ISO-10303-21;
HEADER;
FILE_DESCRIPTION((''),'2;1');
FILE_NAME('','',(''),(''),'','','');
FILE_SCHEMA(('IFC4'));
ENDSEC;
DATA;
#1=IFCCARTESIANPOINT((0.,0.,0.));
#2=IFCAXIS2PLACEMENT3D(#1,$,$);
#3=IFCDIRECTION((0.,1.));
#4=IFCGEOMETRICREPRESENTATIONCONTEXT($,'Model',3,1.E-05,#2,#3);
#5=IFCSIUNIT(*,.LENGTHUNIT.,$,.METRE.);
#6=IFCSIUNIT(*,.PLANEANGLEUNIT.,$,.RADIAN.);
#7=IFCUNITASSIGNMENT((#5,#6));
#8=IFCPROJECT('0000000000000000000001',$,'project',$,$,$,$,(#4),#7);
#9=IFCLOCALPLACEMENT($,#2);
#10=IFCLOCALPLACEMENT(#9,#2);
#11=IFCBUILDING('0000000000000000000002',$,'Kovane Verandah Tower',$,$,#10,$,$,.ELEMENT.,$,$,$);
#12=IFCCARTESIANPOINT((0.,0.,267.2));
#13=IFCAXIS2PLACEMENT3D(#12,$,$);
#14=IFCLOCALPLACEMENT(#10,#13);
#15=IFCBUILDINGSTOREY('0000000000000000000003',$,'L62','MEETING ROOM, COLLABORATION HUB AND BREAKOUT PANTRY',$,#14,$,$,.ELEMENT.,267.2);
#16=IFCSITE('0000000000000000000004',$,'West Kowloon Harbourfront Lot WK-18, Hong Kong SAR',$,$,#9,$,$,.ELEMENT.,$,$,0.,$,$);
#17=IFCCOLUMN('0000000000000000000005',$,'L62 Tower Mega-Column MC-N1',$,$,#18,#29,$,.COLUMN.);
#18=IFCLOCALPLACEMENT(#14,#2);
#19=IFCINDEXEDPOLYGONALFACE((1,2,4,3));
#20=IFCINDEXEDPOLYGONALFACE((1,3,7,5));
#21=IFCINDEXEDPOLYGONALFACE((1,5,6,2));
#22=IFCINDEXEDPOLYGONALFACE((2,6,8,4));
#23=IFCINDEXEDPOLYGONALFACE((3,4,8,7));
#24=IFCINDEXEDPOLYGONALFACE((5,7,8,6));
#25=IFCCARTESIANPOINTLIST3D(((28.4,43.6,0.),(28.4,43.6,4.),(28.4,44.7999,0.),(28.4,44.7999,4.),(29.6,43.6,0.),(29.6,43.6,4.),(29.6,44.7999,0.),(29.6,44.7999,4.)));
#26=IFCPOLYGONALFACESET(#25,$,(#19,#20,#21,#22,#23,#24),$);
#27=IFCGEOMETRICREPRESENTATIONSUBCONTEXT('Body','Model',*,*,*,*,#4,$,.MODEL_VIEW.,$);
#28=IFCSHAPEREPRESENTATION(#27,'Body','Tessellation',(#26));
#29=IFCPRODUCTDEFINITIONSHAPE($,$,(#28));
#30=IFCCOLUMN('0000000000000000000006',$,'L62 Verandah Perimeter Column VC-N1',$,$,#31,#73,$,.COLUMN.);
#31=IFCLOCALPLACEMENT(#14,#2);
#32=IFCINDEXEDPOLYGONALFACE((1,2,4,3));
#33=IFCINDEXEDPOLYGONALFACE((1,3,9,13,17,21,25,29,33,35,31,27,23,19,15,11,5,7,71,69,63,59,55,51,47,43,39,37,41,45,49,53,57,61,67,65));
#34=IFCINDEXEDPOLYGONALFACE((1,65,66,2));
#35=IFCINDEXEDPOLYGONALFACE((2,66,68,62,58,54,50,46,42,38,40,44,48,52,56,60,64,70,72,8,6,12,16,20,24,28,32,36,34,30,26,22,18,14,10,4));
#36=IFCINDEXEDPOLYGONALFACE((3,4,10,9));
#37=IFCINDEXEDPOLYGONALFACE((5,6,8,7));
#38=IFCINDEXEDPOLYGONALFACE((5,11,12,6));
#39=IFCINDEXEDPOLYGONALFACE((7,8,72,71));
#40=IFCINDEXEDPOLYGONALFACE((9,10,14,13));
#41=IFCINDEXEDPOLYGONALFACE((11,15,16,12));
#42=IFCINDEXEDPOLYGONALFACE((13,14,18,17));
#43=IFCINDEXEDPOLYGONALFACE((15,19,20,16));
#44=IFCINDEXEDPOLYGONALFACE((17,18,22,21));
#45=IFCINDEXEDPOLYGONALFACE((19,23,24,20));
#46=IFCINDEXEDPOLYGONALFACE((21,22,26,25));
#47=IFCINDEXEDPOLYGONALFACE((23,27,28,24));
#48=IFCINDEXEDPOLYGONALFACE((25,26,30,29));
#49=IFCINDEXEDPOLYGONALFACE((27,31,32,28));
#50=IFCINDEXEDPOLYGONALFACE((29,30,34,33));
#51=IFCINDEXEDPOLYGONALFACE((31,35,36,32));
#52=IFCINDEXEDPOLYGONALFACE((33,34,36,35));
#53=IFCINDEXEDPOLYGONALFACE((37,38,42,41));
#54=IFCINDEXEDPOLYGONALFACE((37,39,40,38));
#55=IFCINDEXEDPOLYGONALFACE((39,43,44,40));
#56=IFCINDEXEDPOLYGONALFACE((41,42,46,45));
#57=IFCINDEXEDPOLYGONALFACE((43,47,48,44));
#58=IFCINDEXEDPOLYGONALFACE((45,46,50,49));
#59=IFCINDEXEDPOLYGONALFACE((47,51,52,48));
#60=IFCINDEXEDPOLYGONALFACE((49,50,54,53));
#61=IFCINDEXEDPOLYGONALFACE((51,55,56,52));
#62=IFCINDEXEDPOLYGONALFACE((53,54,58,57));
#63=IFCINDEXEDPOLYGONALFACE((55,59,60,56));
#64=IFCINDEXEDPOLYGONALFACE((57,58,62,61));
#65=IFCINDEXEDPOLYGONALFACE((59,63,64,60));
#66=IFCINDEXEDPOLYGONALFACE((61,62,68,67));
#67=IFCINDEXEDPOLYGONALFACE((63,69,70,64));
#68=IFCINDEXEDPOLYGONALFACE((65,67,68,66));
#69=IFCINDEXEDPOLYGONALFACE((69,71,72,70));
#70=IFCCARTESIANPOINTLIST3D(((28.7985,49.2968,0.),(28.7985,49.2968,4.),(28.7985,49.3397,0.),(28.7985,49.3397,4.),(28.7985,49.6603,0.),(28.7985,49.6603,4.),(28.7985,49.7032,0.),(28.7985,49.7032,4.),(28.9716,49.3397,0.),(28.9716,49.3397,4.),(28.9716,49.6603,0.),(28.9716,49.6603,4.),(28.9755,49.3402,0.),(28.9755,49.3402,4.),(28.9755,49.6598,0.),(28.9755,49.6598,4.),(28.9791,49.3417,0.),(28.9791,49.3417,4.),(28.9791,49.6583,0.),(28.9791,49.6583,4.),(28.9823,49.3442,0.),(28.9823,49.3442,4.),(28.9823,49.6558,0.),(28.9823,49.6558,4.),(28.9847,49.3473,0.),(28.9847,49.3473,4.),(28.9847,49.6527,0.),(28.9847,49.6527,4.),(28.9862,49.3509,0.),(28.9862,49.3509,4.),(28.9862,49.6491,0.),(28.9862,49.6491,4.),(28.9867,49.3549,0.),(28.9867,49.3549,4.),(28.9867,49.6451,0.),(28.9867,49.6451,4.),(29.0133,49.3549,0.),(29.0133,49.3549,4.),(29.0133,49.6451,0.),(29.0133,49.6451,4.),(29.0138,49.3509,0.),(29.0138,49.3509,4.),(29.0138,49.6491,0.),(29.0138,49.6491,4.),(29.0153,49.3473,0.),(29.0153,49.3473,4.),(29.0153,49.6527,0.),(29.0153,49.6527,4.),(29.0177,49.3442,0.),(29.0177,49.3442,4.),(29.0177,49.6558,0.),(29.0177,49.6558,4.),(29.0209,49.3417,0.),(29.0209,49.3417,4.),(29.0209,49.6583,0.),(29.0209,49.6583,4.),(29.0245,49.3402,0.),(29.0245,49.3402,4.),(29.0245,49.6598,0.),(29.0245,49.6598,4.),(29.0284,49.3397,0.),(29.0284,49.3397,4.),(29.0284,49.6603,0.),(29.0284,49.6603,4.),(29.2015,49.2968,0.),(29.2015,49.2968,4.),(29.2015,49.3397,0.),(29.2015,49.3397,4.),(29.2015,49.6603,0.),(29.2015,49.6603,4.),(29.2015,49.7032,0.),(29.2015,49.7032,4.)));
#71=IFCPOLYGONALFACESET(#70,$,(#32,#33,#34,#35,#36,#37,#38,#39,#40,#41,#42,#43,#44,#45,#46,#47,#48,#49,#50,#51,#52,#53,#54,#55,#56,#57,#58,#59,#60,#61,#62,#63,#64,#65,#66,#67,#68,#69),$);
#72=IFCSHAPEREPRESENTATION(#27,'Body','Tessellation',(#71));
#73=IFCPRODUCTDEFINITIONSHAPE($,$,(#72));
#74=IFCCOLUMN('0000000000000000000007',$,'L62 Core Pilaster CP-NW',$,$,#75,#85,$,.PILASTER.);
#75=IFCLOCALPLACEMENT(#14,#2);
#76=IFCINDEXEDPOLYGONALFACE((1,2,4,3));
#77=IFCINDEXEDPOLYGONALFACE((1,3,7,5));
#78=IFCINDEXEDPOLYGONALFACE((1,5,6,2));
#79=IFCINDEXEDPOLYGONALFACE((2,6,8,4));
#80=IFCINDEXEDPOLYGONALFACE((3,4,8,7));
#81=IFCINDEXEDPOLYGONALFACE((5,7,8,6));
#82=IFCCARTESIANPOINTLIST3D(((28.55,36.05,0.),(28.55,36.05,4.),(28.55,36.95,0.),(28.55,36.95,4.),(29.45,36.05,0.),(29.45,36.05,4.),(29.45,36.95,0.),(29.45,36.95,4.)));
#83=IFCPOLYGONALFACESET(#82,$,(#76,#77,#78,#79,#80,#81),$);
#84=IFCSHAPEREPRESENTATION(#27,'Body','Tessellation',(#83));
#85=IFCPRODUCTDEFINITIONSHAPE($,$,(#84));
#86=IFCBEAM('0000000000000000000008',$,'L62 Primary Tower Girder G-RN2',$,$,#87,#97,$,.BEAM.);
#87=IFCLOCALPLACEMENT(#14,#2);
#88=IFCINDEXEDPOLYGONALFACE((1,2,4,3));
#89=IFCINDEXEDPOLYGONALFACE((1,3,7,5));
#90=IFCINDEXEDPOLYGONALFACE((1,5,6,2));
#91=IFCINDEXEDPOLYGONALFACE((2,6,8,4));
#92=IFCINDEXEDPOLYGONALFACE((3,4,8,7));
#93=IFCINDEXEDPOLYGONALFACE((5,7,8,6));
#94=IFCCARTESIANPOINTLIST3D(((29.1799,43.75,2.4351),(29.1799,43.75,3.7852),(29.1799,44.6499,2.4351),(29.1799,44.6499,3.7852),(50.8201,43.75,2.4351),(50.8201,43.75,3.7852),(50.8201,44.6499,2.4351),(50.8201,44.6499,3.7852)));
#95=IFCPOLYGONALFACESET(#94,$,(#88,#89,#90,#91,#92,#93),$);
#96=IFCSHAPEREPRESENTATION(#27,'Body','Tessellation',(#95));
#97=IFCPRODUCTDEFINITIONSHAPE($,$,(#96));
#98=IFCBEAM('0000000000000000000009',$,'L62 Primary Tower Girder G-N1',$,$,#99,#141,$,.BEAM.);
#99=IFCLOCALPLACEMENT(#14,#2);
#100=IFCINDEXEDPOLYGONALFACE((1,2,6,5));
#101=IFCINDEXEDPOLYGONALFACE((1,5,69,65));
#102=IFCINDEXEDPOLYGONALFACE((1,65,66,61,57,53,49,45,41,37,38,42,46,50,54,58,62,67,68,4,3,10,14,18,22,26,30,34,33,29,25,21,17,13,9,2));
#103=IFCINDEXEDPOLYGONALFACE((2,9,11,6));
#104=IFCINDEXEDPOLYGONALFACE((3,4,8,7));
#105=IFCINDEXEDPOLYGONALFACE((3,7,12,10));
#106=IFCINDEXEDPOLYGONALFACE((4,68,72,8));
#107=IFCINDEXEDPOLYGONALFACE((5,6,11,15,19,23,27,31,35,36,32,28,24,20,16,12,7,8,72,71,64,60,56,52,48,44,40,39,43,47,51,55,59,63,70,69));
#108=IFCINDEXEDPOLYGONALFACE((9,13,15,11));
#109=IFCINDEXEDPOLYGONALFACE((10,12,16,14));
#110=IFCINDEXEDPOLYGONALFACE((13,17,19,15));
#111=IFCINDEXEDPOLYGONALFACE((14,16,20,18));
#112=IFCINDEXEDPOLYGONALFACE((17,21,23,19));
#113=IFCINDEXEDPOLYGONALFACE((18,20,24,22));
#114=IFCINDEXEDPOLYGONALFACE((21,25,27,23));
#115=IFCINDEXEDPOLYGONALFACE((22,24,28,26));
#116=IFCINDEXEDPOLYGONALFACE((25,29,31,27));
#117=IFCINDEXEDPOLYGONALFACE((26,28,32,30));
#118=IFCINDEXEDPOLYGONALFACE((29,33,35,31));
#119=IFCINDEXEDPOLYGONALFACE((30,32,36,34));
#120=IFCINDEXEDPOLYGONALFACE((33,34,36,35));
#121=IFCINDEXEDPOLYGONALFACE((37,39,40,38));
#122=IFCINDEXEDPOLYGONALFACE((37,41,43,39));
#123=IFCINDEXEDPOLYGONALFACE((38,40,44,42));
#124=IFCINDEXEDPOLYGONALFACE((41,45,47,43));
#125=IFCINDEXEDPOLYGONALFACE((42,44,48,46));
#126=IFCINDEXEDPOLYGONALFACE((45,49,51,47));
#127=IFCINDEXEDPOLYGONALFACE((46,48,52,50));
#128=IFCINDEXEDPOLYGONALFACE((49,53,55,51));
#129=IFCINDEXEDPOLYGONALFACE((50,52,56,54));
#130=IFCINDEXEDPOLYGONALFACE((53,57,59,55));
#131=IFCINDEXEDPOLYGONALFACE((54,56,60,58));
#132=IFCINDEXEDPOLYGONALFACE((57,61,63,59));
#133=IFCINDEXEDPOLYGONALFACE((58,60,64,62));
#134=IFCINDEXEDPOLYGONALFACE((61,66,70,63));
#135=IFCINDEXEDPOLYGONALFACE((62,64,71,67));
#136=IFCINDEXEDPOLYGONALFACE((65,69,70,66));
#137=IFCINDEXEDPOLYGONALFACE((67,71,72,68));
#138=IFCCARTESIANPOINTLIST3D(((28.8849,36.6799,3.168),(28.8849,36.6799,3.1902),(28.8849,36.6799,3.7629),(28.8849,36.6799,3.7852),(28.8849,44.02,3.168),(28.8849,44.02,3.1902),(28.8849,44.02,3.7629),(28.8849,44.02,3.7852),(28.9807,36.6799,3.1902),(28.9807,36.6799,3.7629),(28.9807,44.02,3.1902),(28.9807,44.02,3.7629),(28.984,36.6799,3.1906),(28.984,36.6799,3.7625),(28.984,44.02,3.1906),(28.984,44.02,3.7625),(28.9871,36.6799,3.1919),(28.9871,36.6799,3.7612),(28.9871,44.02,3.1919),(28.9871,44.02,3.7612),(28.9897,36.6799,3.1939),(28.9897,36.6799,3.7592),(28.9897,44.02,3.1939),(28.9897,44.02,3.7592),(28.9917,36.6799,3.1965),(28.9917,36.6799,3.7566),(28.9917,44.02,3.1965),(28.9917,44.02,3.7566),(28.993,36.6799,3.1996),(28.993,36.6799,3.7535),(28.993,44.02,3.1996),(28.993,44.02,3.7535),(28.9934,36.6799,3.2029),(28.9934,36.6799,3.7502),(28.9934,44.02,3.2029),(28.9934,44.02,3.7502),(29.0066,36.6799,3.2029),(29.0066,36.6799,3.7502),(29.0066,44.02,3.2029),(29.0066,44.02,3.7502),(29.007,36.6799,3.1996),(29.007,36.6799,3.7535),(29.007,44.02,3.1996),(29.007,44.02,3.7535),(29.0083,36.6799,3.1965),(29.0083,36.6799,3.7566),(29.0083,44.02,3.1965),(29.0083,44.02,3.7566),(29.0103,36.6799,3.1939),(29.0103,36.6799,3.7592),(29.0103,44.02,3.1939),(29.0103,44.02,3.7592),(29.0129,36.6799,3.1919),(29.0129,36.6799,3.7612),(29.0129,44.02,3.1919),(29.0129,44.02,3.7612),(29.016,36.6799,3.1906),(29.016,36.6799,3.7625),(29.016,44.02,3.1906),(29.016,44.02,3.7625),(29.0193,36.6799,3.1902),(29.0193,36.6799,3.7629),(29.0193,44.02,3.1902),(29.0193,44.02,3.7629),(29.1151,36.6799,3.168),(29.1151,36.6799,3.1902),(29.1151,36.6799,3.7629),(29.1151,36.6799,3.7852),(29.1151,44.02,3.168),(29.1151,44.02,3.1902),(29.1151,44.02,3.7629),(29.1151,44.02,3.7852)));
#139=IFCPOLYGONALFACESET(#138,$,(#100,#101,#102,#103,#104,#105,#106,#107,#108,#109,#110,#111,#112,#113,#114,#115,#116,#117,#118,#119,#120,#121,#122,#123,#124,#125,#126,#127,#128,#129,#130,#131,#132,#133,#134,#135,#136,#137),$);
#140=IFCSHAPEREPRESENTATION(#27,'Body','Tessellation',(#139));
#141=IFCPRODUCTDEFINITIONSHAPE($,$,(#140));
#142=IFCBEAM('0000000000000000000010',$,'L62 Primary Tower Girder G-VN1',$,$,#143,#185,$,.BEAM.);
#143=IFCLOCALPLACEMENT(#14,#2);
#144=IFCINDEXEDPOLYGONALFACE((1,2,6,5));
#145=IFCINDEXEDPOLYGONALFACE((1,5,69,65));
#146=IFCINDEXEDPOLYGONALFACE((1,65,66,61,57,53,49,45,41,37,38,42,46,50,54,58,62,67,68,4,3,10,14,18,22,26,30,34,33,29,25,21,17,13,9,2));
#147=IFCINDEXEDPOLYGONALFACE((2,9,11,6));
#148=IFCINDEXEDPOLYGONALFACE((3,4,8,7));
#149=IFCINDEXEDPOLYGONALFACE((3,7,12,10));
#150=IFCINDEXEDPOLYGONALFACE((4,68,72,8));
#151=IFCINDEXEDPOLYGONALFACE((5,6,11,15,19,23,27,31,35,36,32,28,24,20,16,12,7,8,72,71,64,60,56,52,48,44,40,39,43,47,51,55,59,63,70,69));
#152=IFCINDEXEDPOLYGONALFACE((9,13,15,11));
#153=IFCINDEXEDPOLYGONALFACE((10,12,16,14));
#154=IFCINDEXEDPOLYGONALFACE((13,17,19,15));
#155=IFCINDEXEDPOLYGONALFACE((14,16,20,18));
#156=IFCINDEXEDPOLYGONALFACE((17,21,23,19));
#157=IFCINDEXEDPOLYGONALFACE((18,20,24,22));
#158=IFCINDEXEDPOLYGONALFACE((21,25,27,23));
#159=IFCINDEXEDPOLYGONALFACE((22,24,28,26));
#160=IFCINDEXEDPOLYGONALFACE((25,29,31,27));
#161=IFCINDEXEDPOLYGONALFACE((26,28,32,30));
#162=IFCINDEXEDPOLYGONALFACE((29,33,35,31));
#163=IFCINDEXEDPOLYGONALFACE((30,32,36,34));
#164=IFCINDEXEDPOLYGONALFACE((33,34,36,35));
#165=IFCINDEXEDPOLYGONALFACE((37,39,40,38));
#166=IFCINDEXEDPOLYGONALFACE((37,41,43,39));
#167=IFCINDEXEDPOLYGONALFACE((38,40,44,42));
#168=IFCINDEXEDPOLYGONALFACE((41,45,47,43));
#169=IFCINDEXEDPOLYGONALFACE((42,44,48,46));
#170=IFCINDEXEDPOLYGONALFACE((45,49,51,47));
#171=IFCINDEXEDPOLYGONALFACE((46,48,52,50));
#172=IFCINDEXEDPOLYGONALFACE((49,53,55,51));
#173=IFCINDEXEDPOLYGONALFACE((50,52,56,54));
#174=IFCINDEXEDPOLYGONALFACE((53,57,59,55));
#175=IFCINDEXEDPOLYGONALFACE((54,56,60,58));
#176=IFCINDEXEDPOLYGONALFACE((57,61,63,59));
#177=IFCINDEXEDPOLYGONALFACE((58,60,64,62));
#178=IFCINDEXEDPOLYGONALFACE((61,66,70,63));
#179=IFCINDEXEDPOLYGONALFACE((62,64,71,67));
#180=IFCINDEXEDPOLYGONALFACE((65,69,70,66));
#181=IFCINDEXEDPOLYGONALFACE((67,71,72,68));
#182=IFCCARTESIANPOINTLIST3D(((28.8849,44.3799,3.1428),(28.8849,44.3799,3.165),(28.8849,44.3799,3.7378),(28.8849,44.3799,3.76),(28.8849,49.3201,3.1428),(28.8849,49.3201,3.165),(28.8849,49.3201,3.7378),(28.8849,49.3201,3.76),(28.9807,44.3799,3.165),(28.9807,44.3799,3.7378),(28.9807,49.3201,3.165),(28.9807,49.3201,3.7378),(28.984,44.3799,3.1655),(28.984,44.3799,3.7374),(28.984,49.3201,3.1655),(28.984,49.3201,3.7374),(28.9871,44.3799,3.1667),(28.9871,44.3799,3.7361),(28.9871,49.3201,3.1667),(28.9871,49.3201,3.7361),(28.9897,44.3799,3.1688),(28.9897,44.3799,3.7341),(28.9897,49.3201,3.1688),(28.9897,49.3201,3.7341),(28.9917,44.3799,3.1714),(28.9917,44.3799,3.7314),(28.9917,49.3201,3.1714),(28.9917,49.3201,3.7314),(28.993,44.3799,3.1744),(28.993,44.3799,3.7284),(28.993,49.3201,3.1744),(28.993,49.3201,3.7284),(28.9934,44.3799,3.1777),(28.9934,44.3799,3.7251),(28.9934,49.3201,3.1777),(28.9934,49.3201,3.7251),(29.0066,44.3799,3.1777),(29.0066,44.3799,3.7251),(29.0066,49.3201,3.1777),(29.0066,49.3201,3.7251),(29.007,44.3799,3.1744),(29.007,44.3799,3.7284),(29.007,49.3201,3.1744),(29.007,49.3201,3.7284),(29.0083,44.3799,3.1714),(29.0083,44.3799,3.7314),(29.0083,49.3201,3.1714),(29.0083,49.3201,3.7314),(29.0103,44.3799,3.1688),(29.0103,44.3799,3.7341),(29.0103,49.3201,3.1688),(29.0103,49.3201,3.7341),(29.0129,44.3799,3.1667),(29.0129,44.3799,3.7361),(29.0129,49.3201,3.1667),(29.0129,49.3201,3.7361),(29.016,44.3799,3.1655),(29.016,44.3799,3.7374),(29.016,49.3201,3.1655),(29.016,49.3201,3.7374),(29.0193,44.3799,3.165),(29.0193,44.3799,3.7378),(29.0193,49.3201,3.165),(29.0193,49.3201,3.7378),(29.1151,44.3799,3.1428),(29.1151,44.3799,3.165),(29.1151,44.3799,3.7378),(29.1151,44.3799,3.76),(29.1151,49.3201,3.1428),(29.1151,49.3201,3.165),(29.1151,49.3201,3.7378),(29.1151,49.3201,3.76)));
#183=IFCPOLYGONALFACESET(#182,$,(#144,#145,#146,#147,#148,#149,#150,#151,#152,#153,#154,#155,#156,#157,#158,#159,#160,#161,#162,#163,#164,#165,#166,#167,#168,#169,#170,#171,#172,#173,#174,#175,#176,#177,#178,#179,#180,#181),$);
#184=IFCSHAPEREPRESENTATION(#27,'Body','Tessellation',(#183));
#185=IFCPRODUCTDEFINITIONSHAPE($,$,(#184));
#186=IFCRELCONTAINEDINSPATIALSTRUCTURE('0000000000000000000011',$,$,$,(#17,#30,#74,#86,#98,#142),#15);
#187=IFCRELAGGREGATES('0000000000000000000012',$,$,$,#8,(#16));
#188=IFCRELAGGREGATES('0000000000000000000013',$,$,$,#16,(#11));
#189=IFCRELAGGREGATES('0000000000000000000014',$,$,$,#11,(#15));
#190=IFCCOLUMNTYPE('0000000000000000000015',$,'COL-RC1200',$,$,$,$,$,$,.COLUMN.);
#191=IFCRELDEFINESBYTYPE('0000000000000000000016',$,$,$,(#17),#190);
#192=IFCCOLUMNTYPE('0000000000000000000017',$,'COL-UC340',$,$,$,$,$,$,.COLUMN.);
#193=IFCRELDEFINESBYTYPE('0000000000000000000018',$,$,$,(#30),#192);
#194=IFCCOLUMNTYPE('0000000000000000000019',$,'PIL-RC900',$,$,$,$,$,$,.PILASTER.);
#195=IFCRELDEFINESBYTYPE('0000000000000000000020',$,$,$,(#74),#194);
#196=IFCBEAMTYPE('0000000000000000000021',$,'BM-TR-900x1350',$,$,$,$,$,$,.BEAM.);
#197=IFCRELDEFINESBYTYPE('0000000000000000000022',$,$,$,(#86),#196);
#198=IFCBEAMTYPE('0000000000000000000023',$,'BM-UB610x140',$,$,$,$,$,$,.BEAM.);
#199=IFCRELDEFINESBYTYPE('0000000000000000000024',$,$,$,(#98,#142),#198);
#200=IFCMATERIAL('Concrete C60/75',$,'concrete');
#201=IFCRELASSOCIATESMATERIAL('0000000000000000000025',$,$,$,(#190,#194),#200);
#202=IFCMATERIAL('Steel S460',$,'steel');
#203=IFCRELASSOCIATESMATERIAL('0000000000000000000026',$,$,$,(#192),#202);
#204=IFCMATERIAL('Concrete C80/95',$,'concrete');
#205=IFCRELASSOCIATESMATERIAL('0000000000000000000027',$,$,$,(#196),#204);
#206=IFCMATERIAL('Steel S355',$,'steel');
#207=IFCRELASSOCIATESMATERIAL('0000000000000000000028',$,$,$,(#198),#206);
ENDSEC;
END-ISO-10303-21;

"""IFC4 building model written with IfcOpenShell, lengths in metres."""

from ifc_helpers import new_model, si_unit, direction, frame, origin, origin_2d, place, context, subcontext, project, spatial, rectangle, i_section, extrude, material, material_profile, profile_set, type_object, element, save


model = new_model("IFC4")

# Units and contexts
model_context = context("Model", 3, precision=1e-05, world=origin(), true_north=direction((0.0, 1.0)))
body_context = subcontext(model_context, "Body", "Model", "MODEL_VIEW")
ifc_project = project(units=[si_unit("LENGTHUNIT", "METRE"), si_unit("PLANEANGLEUNIT", "RADIAN")], contexts=[model_context])

# Site, building, storey
site_placement = place(None, origin())
site = spatial("IfcSite", under=ifc_project, at=site_placement, Name="West Kowloon Harbourfront Lot WK-18, Hong Kong SAR", CompositionType="ELEMENT", RefElevation=0.0)
building_placement = place(site_placement, origin())
building = spatial("IfcBuilding", under=site, at=building_placement, Name="Kovane Verandah Tower", CompositionType="ELEMENT")
storey_placement = place(building_placement, frame((0.0, 0.0, 267.2)))
storey = spatial("IfcBuildingStorey", under=building, at=storey_placement, Name="L62", Description="MEETING ROOM, COLLABORATION HUB AND BREAKOUT PANTRY", CompositionType="ELEMENT", Elevation=267.2)

# Columns
ifc_material_1 = material(Name="Concrete C60/75", Category="concrete")
ifc_material_profile_1 = material_profile(ifc_material_1, rectangle(XDim=1.2, YDim=1.2, at=origin_2d()), Name="RC1200x1200")
ifc_profile_set_1 = profile_set([ifc_material_profile_1], Name="Concrete C60/75")
column_type_1 = type_object("IfcColumnType", Name="COL-RC1200", PredefinedType="COLUMN", material=ifc_profile_set_1)
column_1_placement = place(storey_placement, frame((29.0, 44.2, 0.0), z_axis=(0.0, 0.0, 1.0), x_axis=(1.0, 0.0, 0.0)))
element("IfcColumn", 1, at=column_1_placement, inside=storey, type_object=column_type_1, Name="L62 Tower Mega-Column MC-N1", PredefinedType="COLUMN", context=body_context, shape_type="SweptSolid", body=[
    extrude(rectangle(XDim=1.2, YDim=1.2, at=origin_2d()), origin(), (0.0, 0.0, 1.0), 4.0),
])
ifc_material_2 = material(Name="Steel S460", Category="steel")
ifc_material_profile_2 = material_profile(ifc_material_2, i_section(OverallWidth=0.4031, OverallDepth=0.4065, WebThickness=0.0266, FlangeThickness=0.043, FilletRadius=0.0151, at=origin_2d()), Name="UC356x406x340")
ifc_profile_set_2 = profile_set([ifc_material_profile_2], Name="Steel S460")
column_type_2 = type_object("IfcColumnType", Name="COL-UC340", PredefinedType="COLUMN", material=ifc_profile_set_2)
column_2_placement = place(storey_placement, frame((29.0, 49.5, 0.0), z_axis=(0.0, 0.0, 1.0), x_axis=(1.0, 0.0, 0.0)))
element("IfcColumn", 2, at=column_2_placement, inside=storey, type_object=column_type_2, Name="L62 Verandah Perimeter Column VC-N1", PredefinedType="COLUMN", context=body_context, shape_type="SweptSolid", body=[
    extrude(i_section(OverallWidth=0.4031, OverallDepth=0.4065, WebThickness=0.0266, FlangeThickness=0.043, FilletRadius=0.0151, at=origin_2d()), origin(), (0.0, 0.0, 1.0), 4.0),
])
ifc_material_profile_3 = material_profile(ifc_material_1, rectangle(XDim=0.8999, YDim=0.8999, at=origin_2d()), Name="RC900x900")
ifc_profile_set_3 = profile_set([ifc_material_profile_3], Name="Concrete C60/75")
column_type_3 = type_object("IfcColumnType", Name="PIL-RC900", PredefinedType="PILASTER", material=ifc_profile_set_3)
column_3_placement = place(storey_placement, frame((29.0, 36.5, 0.0), z_axis=(0.0, 0.0, 1.0), x_axis=(1.0, 0.0, 0.0)))
element("IfcColumn", 3, at=column_3_placement, inside=storey, type_object=column_type_3, Name="L62 Core Pilaster CP-NW", PredefinedType="PILASTER", context=body_context, shape_type="SweptSolid", body=[
    extrude(rectangle(XDim=0.8999, YDim=0.8999, at=origin_2d()), origin(), (0.0, 0.0, 1.0), 4.0),
])

# Beams
ifc_material_3 = material(Name="Concrete C80/95", Category="concrete")
ifc_material_profile_4 = material_profile(ifc_material_3, rectangle(XDim=0.8999, YDim=1.3501, at=origin_2d()), Name="RCB900x1350")
ifc_profile_set_4 = profile_set([ifc_material_profile_4], Name="Concrete C80/95")
beam_type_1 = type_object("IfcBeamType", Name="BM-TR-900x1350", PredefinedType="BEAM", material=ifc_profile_set_4)
beam_1_placement = place(storey_placement, frame((29.1799, 44.2, 3.1101), z_axis=(1.0, 0.0, 0.0), x_axis=(0.0, 1.0, 0.0)))
element("IfcBeam", 4, at=beam_1_placement, inside=storey, type_object=beam_type_1, Name="L62 Primary Tower Girder G-RN2", PredefinedType="BEAM", context=body_context, shape_type="SweptSolid", body=[
    extrude(rectangle(XDim=0.8999, YDim=1.3501, at=origin_2d()), origin(), (0.0, 0.0, 1.0), 21.6401),
])
ifc_material_4 = material(Name="Steel S355", Category="steel")
ifc_material_profile_5 = material_profile(ifc_material_4, i_section(OverallWidth=0.2302, OverallDepth=0.6172, WebThickness=0.0132, FlangeThickness=0.0222, FilletRadius=0.0127, at=origin_2d()), Name="UB610x229x140")
ifc_profile_set_5 = profile_set([ifc_material_profile_5], Name="Steel S355")
beam_type_2 = type_object("IfcBeamType", Name="BM-UB610x140", PredefinedType="BEAM", material=ifc_profile_set_5)
beam_2_placement = place(storey_placement, frame((29.0, 36.6799, 3.4766), z_axis=(0.0, 1.0, 0.0), x_axis=(-1.0, 0.0, 0.0)))
element("IfcBeam", 5, at=beam_2_placement, inside=storey, type_object=beam_type_2, Name="L62 Primary Tower Girder G-N1", PredefinedType="BEAM", context=body_context, shape_type="SweptSolid", body=[
    extrude(i_section(OverallWidth=0.2302, OverallDepth=0.6172, WebThickness=0.0132, FlangeThickness=0.0222, FilletRadius=0.0127, at=origin_2d()), origin(), (0.0, 0.0, 1.0), 7.3401),
])
beam_3_placement = place(storey_placement, frame((29.0, 44.3799, 3.4514), z_axis=(0.0, 1.0, 0.0), x_axis=(-1.0, 0.0, 0.0)))
element("IfcBeam", 6, at=beam_3_placement, inside=storey, type_object=beam_type_2, Name="L62 Primary Tower Girder G-VN1", PredefinedType="BEAM", context=body_context, shape_type="SweptSolid", body=[
    extrude(i_section(OverallWidth=0.2302, OverallDepth=0.6172, WebThickness=0.0132, FlangeThickness=0.0222, FilletRadius=0.0127, at=origin_2d()), origin(), (0.0, 0.0, 1.0), 4.9402),
])

save(model, "model.ifc")
